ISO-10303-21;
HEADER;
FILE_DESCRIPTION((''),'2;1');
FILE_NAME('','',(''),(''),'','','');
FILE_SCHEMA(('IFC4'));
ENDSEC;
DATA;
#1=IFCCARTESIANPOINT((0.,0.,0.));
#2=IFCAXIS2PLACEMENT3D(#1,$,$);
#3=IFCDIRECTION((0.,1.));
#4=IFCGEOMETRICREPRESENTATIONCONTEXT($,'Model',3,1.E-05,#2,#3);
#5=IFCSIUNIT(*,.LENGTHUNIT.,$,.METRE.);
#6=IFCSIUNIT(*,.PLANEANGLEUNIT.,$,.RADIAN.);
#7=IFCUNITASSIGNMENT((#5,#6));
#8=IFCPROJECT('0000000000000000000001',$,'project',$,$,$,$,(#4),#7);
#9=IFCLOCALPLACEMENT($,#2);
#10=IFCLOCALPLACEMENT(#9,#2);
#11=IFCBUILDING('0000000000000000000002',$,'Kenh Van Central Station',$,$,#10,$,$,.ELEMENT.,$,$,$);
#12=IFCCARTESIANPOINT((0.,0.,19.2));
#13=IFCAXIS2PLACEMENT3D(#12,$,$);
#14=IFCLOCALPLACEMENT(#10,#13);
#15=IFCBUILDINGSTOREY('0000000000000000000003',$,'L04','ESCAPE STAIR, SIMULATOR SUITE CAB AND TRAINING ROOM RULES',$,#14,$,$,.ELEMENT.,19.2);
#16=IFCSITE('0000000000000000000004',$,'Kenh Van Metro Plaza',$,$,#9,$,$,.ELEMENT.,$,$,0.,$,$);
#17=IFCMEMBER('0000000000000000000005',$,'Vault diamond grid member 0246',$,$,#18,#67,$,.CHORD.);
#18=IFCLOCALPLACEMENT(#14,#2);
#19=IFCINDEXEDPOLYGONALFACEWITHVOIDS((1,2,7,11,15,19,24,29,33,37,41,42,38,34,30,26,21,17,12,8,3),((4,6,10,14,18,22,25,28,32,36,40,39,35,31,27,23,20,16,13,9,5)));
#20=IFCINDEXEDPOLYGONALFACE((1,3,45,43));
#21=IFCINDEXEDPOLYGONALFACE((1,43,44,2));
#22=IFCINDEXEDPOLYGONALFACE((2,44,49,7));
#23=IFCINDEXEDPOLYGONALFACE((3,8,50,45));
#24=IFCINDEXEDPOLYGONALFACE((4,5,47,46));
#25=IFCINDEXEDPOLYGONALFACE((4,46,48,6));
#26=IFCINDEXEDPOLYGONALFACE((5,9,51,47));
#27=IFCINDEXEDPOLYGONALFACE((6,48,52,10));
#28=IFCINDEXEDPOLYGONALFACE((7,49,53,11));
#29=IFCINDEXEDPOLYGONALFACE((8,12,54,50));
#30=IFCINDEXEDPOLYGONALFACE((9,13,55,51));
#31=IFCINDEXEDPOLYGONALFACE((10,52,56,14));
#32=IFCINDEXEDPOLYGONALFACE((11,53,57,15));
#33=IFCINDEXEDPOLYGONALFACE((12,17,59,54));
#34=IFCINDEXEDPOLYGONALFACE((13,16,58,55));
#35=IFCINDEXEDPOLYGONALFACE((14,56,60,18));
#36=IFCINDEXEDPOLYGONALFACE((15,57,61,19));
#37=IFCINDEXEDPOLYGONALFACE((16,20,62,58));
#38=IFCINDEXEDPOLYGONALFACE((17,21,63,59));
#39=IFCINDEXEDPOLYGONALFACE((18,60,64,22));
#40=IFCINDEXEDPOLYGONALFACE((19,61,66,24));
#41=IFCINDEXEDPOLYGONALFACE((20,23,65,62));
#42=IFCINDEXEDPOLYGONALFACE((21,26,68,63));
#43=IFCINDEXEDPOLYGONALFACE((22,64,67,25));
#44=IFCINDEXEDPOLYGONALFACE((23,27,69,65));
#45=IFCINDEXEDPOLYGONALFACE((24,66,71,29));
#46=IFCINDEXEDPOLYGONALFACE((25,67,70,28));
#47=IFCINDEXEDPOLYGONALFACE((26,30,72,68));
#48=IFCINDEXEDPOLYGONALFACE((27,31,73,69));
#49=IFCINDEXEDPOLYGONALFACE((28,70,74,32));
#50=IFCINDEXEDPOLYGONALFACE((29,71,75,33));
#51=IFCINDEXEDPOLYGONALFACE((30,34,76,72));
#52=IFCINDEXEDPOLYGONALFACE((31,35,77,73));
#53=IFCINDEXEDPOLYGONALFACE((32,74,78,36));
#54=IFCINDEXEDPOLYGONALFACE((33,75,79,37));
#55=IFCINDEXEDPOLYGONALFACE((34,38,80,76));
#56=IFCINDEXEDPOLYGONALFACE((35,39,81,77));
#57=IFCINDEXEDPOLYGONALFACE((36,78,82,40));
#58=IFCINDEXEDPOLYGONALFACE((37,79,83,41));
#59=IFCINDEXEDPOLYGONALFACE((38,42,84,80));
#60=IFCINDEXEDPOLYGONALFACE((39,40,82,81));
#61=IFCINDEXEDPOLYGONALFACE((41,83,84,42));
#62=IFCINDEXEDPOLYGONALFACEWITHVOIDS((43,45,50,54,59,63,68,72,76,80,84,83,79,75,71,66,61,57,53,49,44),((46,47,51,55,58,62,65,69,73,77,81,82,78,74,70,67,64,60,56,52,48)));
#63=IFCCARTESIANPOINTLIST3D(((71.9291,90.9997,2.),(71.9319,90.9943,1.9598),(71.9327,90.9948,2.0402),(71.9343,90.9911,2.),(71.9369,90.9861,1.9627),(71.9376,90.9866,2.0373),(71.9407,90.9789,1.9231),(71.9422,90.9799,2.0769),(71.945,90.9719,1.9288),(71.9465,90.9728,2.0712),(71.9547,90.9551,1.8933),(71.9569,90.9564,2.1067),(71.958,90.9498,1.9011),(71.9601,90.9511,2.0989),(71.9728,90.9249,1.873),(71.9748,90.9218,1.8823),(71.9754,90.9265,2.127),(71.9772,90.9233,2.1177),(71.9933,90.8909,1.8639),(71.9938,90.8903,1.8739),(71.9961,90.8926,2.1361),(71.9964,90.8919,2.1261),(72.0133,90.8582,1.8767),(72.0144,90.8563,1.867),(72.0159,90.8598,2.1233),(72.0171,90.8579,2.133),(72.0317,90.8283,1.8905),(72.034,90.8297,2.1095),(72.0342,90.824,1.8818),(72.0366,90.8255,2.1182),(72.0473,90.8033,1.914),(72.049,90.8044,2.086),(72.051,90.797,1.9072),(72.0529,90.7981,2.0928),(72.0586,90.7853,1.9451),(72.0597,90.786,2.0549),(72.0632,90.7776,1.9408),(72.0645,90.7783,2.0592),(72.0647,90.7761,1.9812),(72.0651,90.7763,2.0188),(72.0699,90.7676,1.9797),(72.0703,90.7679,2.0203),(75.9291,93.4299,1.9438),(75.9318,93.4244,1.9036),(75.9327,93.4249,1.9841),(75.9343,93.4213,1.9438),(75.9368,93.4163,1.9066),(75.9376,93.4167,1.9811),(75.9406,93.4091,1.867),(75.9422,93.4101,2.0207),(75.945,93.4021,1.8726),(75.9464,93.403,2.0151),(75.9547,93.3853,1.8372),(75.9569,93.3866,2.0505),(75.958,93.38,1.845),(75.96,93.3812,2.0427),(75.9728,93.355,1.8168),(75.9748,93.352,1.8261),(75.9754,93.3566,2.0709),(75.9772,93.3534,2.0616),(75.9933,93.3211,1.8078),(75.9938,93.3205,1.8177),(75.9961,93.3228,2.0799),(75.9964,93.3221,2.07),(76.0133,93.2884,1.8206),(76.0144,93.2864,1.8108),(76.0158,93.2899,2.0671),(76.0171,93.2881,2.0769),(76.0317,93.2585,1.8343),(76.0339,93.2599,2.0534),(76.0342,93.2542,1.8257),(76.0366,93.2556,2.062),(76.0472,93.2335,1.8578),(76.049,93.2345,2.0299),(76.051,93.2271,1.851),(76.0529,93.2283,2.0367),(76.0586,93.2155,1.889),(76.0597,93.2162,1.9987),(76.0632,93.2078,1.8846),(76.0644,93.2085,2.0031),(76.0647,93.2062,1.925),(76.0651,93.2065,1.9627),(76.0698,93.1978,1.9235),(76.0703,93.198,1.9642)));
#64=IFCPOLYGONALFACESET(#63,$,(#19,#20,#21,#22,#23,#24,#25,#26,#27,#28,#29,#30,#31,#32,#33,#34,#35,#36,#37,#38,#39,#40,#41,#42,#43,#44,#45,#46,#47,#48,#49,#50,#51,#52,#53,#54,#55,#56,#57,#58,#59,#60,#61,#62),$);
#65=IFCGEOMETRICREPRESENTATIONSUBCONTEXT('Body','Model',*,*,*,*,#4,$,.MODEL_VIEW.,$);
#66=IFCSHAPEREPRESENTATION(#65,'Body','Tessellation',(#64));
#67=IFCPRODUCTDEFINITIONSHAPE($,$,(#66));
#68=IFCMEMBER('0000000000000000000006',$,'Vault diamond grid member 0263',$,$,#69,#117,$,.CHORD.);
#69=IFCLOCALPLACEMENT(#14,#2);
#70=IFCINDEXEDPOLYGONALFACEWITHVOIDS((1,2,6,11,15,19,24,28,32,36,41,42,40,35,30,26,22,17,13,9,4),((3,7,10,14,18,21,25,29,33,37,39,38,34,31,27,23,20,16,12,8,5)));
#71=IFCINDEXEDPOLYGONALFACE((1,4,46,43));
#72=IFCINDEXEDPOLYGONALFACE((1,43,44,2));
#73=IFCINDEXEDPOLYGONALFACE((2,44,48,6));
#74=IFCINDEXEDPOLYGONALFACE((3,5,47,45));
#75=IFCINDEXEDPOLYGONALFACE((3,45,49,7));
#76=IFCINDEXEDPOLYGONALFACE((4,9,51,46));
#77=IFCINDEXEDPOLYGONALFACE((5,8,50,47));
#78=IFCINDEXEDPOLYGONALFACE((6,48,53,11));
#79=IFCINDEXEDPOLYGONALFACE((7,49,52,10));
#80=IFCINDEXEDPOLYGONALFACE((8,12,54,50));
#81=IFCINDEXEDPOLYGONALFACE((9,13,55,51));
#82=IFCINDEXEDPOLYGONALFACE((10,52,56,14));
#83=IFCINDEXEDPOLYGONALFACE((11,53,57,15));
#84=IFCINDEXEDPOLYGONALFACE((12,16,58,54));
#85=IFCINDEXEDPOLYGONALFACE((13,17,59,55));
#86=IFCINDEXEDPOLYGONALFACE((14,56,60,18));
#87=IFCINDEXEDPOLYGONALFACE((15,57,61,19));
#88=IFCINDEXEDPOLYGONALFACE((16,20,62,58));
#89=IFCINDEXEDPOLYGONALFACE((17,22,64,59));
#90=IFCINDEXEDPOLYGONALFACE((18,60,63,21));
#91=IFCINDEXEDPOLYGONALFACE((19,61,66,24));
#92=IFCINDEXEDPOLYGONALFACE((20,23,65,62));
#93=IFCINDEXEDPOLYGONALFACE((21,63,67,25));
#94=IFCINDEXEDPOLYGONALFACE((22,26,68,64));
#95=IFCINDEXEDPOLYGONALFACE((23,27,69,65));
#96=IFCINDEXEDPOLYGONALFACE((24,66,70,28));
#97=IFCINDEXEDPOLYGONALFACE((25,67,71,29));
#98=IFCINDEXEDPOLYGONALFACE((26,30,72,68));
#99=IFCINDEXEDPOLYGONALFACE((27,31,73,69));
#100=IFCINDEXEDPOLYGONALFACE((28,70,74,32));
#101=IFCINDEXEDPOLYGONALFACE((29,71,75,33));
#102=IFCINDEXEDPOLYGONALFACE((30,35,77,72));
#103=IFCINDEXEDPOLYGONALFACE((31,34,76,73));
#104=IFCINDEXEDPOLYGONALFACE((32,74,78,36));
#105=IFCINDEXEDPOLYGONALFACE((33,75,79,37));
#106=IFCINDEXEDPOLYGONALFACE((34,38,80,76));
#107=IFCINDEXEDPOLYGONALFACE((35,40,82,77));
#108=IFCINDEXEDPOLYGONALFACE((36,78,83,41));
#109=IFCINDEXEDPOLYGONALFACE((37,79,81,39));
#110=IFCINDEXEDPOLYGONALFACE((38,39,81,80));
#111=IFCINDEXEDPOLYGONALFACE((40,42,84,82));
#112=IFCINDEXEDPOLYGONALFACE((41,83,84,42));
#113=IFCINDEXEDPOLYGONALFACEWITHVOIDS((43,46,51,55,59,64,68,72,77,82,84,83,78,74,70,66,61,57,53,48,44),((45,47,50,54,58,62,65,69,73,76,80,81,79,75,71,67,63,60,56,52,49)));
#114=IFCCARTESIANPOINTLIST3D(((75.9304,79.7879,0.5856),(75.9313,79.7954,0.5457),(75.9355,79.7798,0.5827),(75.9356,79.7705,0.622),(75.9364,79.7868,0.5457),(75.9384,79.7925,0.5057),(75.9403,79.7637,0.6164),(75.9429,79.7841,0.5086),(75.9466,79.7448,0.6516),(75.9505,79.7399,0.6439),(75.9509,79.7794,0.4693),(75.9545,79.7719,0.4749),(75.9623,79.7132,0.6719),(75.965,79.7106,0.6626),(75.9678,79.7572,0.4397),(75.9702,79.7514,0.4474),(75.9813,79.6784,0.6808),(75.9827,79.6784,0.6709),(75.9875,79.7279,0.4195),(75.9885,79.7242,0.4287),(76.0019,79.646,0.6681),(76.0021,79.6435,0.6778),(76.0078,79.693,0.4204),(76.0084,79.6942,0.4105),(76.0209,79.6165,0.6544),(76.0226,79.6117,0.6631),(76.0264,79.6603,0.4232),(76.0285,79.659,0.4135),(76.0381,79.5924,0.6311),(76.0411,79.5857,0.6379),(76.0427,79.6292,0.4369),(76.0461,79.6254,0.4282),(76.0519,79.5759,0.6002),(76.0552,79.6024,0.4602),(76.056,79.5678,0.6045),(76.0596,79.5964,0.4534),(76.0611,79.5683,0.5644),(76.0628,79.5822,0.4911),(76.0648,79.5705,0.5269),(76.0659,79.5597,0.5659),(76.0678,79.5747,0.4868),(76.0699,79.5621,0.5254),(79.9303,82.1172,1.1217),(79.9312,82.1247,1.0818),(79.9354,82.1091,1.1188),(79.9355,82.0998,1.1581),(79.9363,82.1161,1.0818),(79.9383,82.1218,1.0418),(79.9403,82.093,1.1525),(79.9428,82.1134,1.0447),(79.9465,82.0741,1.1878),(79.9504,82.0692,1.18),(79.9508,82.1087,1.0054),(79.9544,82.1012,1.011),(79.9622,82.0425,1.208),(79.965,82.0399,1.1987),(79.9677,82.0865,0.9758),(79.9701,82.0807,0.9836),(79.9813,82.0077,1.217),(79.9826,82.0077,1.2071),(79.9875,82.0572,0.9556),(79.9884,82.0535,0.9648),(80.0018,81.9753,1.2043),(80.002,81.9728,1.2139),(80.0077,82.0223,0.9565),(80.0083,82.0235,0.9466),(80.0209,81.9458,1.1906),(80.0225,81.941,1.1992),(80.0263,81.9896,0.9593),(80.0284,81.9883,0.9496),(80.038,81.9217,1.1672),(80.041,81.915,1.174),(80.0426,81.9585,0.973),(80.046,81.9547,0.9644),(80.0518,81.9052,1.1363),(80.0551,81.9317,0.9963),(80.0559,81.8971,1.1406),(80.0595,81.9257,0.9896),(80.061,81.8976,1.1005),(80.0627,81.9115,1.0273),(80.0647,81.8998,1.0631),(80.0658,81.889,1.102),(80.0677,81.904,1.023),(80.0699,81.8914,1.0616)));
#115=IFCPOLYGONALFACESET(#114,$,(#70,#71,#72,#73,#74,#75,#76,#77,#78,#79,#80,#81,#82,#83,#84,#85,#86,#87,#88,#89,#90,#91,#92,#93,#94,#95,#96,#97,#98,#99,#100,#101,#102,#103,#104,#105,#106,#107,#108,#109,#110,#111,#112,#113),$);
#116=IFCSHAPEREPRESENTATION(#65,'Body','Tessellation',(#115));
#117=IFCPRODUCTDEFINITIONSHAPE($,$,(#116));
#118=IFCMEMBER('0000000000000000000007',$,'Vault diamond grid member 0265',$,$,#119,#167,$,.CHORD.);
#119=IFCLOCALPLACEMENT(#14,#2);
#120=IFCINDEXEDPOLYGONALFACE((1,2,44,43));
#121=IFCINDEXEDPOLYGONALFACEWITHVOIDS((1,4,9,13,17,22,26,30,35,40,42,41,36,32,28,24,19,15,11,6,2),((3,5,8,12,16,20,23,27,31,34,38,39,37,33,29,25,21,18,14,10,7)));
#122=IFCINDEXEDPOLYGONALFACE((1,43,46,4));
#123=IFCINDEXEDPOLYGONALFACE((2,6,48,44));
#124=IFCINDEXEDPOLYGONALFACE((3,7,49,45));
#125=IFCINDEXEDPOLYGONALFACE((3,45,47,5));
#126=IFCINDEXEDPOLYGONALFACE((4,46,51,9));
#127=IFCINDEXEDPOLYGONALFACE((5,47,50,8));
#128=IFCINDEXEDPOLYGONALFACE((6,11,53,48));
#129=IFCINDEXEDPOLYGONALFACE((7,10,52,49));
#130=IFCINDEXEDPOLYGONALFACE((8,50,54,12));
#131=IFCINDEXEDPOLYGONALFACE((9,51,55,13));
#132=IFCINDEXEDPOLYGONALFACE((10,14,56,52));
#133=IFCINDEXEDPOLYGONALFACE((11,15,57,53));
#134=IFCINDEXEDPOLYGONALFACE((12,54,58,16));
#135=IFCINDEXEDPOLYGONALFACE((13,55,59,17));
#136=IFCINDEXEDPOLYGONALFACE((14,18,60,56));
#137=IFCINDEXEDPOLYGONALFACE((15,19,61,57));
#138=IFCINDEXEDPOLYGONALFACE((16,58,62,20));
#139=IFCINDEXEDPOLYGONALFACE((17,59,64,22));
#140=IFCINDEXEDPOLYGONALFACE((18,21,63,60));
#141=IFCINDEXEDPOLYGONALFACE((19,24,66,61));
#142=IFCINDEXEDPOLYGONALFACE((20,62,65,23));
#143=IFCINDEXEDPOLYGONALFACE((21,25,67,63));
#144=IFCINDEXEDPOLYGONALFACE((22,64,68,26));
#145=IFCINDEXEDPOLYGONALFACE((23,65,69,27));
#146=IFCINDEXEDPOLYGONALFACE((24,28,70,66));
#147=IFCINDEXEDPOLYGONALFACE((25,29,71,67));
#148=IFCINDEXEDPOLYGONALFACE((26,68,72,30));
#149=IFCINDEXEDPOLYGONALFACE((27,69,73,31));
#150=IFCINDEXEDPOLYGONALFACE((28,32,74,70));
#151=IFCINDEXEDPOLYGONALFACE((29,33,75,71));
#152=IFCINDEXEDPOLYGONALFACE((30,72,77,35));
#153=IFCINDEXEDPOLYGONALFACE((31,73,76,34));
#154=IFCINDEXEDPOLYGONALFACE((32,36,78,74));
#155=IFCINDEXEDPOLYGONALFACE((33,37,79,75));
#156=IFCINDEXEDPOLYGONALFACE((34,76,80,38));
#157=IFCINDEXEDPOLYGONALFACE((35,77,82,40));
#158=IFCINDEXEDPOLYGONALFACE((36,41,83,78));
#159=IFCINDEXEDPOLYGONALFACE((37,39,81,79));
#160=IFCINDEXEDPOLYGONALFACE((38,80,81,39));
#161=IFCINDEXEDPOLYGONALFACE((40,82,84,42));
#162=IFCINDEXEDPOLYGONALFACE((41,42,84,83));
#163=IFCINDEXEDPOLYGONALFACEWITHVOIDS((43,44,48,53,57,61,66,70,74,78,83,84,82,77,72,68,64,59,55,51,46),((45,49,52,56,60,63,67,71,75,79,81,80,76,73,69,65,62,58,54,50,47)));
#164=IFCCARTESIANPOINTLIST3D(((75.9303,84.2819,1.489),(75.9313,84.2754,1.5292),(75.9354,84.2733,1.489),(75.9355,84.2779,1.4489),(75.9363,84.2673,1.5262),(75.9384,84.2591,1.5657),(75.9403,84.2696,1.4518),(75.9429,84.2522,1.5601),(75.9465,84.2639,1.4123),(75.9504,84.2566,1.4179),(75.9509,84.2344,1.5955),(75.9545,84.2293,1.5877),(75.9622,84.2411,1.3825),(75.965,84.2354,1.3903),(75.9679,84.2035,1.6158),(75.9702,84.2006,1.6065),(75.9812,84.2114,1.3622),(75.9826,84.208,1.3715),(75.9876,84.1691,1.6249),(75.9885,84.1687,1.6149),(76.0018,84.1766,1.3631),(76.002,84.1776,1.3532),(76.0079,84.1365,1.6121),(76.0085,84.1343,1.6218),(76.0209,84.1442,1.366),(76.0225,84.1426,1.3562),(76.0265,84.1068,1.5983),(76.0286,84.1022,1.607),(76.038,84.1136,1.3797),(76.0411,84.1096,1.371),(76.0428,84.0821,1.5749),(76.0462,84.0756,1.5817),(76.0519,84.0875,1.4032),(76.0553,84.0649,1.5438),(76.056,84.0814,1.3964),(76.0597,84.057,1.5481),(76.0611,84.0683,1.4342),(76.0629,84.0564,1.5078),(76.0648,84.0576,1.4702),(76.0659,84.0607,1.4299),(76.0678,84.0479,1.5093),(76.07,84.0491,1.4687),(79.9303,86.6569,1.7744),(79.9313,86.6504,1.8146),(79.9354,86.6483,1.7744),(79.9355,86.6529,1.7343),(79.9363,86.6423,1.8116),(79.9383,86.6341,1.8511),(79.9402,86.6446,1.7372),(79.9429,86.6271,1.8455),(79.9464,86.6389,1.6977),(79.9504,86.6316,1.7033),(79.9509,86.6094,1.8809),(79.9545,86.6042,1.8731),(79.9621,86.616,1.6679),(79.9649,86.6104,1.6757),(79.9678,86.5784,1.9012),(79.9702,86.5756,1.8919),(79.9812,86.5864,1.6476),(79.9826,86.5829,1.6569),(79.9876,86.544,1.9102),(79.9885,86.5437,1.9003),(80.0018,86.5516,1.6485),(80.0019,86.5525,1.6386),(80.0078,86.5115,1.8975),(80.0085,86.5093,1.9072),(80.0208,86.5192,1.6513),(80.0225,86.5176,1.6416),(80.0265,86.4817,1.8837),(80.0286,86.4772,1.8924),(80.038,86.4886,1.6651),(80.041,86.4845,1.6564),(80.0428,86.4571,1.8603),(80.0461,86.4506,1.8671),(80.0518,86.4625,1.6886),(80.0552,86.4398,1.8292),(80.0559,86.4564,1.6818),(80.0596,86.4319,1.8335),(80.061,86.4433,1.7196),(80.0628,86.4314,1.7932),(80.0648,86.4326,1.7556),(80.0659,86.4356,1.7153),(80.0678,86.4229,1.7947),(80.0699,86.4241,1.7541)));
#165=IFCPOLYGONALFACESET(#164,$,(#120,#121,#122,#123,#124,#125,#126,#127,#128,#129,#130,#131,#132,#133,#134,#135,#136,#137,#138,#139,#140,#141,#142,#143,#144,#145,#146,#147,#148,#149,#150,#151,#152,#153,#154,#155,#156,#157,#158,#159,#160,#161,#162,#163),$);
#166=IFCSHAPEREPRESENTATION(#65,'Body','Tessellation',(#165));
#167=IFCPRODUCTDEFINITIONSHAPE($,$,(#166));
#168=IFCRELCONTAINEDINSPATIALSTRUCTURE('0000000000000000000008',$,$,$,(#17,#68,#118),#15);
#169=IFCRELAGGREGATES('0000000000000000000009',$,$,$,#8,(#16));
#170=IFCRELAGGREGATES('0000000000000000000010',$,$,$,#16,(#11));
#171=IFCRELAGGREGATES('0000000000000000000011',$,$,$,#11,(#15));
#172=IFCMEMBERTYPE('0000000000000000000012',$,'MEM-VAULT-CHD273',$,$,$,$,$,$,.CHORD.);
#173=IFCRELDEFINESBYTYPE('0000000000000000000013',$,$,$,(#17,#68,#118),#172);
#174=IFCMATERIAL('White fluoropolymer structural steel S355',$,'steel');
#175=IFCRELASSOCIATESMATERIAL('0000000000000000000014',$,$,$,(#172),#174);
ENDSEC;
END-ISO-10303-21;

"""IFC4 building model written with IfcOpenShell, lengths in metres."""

from ifc_helpers import new_model, si_unit, direction, frame, origin, origin_2d, place, context, subcontext, project, spatial, hollow_circle, extrude, material, material_profile, profile_set, type_object, element, save


model = new_model("IFC4")

# Units and contexts
model_context = context("Model", 3, precision=1e-05, world=origin(), true_north=direction((0.0, 1.0)))
body_context = subcontext(model_context, "Body", "Model", "MODEL_VIEW")
ifc_project = project(units=[si_unit("LENGTHUNIT", "METRE"), si_unit("PLANEANGLEUNIT", "RADIAN")], contexts=[model_context])

# Site, building, storey
site_placement = place(None, origin())
site = spatial("IfcSite", under=ifc_project, at=site_placement, Name="Kenh Van Metro Plaza", CompositionType="ELEMENT", RefElevation=0.0)
building_placement = place(site_placement, origin())
building = spatial("IfcBuilding", under=site, at=building_placement, Name="Kenh Van Central Station", CompositionType="ELEMENT")
storey_placement = place(building_placement, frame((0.0, 0.0, 19.2)))
storey = spatial("IfcBuildingStorey", under=building, at=storey_placement, Name="L04", Description="ESCAPE STAIR, SIMULATOR SUITE CAB AND TRAINING ROOM RULES", CompositionType="ELEMENT", Elevation=19.2)

# Shared definitions
ifc_material_1 = material(Name="White fluoropolymer structural steel S355", Category="steel")

# Members
ifc_material_profile_1 = material_profile(ifc_material_1, hollow_circle(Radius=0.1365, WallThickness=0.01, at=origin_2d()), Name="CHS 273x10")
ifc_profile_set_1 = profile_set([ifc_material_profile_1], Name="White fluoropolymer structural steel S355")
member_type_1 = type_object("IfcMemberType", Name="MEM-VAULT-CHD273", PredefinedType="CHORD", material=ifc_profile_set_1)
member_1_placement = place(storey_placement, frame((72.0, 90.8831, 2.0), z_axis=(0.854574, 0.519191, -0.011997), x_axis=(-0.519229, 0.854635, 0.0)))
element("IfcMember", 1, at=member_1_placement, inside=storey, type_object=member_type_1, Name="Vault diamond grid member 0246", PredefinedType="CHORD", context=body_context, shape_type="SweptSolid", body=[
    extrude(hollow_circle(Radius=0.1365, WallThickness=0.01, at=origin_2d()), origin(), (0.0, 0.0, 1.0), 4.6807),
])
member_2_placement = place(storey_placement, frame((76.0, 79.6775, 0.5457), z_axis=(0.858415, 0.499886, 0.115056), x_axis=(-0.503228, 0.864154, 0.0)))
element("IfcMember", 2, at=member_2_placement, inside=storey, type_object=member_type_1, Name="Vault diamond grid member 0263", PredefinedType="CHORD", context=body_context, shape_type="SweptSolid", body=[
    extrude(hollow_circle(Radius=0.1365, WallThickness=0.01, at=origin_2d()), origin(), (0.0, 0.0, 1.0), 4.6597),
])
member_3_placement = place(storey_placement, frame((76.0, 84.1646, 1.489), z_axis=(0.858241, 0.509581, 0.061236), x_axis=(-0.510539, 0.859855, 0.0)))
element("IfcMember", 3, at=member_3_placement, inside=storey, type_object=member_type_1, Name="Vault diamond grid member 0265", PredefinedType="CHORD", context=body_context, shape_type="SweptSolid", body=[
    extrude(hollow_circle(Radius=0.1365, WallThickness=0.01, at=origin_2d()), origin(), (0.0, 0.0, 1.0), 4.6606),
])

save(model, "model.ifc")
